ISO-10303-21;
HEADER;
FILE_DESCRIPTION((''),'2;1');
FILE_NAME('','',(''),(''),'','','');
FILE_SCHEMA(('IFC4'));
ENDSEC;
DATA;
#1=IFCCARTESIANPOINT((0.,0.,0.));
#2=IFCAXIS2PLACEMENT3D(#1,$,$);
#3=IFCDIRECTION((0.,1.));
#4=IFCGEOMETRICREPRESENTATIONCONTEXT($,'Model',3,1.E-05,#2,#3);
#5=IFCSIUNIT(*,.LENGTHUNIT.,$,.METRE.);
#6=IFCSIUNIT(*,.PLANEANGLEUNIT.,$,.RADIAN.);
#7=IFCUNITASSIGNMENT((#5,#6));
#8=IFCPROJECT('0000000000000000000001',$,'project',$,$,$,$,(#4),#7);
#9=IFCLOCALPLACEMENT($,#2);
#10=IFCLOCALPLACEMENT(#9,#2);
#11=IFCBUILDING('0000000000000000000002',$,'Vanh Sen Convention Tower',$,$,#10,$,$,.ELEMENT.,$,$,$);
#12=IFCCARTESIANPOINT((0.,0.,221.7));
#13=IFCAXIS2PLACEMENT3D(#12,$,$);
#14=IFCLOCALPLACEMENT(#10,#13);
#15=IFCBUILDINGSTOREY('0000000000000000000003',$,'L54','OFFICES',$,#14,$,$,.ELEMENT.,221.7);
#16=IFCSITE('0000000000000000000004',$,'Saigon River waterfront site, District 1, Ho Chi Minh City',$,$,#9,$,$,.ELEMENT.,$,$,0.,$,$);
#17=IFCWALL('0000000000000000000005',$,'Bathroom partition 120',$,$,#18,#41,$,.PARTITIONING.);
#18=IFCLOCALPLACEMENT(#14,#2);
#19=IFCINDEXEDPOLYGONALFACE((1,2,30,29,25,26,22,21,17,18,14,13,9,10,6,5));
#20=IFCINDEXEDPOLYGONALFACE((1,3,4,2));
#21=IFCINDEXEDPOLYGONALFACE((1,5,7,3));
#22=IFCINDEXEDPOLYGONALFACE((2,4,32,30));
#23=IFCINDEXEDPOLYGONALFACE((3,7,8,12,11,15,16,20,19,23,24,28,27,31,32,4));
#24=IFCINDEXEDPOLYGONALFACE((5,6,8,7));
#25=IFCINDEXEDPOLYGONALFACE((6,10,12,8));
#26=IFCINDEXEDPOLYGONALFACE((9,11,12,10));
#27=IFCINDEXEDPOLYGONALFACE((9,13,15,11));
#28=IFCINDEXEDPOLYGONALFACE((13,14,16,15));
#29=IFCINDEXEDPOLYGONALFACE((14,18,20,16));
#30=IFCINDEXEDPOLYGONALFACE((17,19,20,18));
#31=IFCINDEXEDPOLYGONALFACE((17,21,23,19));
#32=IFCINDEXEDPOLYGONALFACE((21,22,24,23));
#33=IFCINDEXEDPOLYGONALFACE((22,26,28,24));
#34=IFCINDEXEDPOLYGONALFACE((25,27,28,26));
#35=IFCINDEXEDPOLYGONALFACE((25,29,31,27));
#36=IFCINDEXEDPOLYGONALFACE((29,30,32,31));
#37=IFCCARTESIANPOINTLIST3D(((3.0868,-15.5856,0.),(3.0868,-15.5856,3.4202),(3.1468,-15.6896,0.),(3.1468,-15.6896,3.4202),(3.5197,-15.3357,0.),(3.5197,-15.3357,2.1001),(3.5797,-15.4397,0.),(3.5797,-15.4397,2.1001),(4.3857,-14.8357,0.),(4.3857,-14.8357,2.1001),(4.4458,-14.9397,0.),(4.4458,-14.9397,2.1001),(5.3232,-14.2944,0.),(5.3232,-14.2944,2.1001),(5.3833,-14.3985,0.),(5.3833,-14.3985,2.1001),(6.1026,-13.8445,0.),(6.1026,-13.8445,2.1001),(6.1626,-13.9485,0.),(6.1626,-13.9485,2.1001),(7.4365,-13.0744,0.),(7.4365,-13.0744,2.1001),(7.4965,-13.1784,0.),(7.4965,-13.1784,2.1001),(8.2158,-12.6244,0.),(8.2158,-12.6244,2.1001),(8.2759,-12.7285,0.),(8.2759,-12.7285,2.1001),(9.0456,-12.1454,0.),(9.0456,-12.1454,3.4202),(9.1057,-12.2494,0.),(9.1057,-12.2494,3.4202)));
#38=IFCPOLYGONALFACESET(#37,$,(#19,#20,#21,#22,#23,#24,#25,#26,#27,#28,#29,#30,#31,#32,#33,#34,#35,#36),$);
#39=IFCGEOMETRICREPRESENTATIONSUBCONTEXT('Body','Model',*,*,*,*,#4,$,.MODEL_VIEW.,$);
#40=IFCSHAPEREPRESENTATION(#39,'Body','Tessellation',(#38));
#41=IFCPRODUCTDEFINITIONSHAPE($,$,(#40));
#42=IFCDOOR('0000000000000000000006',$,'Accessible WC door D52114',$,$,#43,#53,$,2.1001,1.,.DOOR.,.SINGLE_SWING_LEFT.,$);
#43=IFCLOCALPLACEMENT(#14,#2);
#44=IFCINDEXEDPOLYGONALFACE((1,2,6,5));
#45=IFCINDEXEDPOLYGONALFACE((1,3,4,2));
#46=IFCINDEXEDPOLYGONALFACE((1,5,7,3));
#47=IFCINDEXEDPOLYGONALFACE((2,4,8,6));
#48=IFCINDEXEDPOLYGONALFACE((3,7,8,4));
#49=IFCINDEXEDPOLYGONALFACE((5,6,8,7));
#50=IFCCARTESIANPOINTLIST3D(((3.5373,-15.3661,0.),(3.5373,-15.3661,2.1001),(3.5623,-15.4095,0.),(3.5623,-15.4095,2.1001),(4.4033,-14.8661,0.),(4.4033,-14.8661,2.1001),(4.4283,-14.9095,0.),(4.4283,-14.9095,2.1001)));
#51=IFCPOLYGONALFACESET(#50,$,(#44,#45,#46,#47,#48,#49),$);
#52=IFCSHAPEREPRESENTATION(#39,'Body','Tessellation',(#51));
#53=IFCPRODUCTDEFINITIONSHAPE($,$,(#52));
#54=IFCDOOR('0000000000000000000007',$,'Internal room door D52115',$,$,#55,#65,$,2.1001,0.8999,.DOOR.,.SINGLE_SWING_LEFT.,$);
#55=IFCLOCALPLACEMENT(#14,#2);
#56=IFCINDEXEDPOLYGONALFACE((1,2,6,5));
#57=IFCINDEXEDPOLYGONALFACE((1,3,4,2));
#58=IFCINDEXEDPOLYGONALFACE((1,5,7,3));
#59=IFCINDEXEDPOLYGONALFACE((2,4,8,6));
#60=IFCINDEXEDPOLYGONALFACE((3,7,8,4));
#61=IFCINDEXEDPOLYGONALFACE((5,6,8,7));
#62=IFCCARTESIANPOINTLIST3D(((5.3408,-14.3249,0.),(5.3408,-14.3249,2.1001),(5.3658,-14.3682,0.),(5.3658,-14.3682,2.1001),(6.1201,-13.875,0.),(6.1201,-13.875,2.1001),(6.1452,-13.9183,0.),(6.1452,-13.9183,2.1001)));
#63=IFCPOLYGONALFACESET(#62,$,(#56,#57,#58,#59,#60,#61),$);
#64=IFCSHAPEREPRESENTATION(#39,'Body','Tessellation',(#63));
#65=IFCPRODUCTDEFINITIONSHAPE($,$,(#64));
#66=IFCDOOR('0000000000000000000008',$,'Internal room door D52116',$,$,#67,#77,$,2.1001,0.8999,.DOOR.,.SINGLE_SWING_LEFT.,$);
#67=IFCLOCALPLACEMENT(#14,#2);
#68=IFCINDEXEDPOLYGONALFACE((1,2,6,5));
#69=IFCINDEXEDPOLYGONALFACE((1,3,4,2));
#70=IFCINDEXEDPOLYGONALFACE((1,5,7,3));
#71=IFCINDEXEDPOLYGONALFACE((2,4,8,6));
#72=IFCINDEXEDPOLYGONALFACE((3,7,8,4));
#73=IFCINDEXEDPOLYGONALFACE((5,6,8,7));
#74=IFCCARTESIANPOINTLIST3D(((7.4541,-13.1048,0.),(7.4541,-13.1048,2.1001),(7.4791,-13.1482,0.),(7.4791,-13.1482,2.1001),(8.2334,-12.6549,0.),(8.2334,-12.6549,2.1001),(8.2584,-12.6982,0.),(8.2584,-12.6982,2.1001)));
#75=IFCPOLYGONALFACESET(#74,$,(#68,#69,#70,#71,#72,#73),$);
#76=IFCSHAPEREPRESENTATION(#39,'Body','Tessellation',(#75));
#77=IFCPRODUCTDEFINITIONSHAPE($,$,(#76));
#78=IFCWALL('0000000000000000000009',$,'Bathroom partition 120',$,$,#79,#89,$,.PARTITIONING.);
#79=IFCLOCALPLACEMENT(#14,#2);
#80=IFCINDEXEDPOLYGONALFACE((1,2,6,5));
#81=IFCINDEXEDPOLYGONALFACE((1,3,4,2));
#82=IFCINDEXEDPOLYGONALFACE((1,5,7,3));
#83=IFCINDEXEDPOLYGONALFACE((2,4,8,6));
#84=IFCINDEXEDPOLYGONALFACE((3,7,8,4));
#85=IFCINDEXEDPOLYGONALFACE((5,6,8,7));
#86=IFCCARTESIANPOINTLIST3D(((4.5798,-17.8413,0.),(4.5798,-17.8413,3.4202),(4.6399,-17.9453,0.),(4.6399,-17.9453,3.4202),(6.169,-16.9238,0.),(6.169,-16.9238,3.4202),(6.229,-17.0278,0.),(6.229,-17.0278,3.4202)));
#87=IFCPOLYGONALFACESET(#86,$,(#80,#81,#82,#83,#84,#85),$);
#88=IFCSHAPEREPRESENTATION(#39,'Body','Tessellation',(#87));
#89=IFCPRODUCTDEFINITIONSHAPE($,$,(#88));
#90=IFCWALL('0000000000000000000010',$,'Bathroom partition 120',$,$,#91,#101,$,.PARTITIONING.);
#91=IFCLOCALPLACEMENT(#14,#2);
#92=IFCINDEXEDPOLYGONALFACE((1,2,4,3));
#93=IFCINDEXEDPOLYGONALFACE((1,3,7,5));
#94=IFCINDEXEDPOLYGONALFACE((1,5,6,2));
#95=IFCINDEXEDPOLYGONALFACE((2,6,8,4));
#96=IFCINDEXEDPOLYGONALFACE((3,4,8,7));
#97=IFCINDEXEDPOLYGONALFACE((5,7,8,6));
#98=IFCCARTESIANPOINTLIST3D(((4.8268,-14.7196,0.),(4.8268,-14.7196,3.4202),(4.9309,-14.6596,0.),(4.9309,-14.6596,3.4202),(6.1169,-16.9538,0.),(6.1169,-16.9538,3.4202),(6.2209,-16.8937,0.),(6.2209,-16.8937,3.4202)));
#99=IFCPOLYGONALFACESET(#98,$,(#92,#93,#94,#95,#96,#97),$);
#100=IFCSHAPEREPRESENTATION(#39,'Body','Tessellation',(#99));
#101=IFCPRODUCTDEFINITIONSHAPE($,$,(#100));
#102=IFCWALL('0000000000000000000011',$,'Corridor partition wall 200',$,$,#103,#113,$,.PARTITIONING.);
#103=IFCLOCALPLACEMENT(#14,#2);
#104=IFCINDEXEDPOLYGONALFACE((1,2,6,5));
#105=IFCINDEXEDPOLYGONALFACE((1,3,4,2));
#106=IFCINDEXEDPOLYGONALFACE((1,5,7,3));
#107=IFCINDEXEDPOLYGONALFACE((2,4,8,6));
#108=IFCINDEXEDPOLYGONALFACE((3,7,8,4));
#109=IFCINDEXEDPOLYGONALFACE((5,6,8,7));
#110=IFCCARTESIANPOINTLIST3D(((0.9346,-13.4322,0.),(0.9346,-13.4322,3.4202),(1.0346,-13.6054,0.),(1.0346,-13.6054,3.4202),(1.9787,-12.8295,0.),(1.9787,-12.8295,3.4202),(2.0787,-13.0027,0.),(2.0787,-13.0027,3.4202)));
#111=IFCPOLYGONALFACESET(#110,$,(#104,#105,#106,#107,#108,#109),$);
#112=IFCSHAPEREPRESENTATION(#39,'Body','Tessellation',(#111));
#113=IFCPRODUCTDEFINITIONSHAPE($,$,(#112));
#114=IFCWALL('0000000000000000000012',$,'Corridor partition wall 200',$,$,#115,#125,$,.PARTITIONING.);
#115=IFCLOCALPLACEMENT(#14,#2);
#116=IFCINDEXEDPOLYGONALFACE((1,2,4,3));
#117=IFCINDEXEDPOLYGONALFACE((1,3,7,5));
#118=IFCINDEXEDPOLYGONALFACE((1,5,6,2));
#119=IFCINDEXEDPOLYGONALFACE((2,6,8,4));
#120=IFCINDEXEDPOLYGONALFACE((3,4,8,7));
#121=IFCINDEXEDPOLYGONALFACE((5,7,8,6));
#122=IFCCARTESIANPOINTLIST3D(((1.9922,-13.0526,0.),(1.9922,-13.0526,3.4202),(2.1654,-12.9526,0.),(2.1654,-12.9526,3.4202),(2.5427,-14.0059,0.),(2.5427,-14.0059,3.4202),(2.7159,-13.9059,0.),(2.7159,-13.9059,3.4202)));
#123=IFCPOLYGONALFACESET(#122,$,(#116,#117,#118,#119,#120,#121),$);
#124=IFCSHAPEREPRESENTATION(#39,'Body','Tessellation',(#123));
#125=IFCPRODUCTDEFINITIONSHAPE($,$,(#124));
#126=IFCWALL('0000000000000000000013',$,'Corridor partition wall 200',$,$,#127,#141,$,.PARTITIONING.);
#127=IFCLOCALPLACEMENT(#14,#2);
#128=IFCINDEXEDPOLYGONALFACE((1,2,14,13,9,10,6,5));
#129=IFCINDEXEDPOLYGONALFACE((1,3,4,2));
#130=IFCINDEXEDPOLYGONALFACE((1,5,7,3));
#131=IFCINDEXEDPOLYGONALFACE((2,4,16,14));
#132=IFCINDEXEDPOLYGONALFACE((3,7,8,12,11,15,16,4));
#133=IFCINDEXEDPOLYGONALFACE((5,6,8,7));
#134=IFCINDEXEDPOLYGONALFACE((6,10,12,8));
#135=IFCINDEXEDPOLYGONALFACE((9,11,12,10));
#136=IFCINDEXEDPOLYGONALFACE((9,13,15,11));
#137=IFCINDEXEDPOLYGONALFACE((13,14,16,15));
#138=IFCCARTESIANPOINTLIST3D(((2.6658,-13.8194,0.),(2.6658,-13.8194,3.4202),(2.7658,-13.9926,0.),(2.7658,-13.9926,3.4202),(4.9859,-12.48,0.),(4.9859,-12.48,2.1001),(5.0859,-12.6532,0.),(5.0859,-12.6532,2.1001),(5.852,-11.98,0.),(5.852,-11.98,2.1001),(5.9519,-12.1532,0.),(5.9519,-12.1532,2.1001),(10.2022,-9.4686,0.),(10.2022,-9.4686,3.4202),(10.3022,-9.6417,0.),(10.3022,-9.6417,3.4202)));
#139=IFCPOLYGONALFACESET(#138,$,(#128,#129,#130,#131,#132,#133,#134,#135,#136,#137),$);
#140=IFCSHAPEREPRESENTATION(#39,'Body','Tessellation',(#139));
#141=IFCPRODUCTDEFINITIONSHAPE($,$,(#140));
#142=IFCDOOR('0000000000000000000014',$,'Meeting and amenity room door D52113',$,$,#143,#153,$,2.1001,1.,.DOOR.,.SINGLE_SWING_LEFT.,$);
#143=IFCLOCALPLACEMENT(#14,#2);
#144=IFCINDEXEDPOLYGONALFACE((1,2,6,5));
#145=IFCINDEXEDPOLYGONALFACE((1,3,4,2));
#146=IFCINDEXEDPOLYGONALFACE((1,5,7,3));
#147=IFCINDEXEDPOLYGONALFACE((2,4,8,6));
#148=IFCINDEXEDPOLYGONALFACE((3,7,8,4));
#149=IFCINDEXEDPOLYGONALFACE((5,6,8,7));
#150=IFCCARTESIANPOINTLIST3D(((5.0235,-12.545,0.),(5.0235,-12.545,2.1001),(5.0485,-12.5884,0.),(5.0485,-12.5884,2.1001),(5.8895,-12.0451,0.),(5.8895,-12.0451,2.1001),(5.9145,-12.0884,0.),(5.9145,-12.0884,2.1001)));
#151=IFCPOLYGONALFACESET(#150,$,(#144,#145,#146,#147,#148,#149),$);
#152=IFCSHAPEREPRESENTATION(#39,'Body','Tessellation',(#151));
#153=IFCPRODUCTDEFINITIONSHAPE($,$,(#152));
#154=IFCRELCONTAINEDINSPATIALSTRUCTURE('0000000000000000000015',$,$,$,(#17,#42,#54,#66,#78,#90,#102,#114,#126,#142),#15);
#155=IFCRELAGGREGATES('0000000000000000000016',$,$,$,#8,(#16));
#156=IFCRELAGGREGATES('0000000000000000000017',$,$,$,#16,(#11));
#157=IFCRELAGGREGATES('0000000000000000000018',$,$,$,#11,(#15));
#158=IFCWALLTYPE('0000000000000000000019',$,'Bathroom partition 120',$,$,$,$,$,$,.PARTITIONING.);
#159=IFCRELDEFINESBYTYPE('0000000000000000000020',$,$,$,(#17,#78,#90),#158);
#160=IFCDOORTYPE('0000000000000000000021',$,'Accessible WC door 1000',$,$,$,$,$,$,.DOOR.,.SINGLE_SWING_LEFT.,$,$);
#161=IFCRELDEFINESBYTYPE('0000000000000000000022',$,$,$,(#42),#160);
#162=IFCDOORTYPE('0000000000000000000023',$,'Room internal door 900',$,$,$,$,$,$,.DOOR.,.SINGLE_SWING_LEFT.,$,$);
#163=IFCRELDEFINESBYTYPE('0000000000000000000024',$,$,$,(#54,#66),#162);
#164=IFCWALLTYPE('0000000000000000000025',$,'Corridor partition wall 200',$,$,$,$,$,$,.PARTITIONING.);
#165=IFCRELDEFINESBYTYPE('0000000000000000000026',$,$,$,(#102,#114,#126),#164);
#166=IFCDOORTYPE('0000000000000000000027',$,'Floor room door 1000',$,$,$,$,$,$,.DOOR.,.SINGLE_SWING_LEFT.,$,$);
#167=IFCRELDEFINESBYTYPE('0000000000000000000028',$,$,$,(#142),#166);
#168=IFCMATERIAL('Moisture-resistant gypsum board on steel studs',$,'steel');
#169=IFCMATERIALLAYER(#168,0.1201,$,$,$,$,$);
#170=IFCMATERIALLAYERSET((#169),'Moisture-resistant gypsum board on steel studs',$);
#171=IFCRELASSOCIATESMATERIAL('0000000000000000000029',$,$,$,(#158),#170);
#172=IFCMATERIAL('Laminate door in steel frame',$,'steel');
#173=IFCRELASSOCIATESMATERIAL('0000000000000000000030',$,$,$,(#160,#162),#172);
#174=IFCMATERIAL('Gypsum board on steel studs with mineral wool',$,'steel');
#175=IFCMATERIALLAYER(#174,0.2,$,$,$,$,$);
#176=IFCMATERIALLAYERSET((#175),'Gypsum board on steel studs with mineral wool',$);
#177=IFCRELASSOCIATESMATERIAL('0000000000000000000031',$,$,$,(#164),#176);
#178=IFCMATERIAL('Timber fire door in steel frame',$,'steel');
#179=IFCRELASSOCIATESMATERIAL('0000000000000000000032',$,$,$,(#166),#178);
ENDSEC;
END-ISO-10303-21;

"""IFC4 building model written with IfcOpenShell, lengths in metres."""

from ifc_helpers import new_model, si_unit, direction, frame, frame_2d, origin, place, context, subcontext, project, spatial, rectangle, extrude, material, layer, layer_set, type_object, element, fill, save


model = new_model("IFC4")

# Units and contexts
model_context = context("Model", 3, precision=1e-05, world=origin(), true_north=direction((0.0, 1.0)))
body_context = subcontext(model_context, "Body", "Model", "MODEL_VIEW")
ifc_project = project(units=[si_unit("LENGTHUNIT", "METRE"), si_unit("PLANEANGLEUNIT", "RADIAN")], contexts=[model_context])

# Site, building, storey
site_placement = place(None, origin())
site = spatial("IfcSite", under=ifc_project, at=site_placement, Name="Saigon River waterfront site, District 1, Ho Chi Minh City", CompositionType="ELEMENT", RefElevation=0.0)
building_placement = place(site_placement, origin())
building = spatial("IfcBuilding", under=site, at=building_placement, Name="Vanh Sen Convention Tower", CompositionType="ELEMENT")
storey_placement = place(building_placement, frame((0.0, 0.0, 221.7)))
storey = spatial("IfcBuildingStorey", under=building, at=storey_placement, Name="L54", Description="OFFICES", CompositionType="ELEMENT", Elevation=221.7)

# Wall, openings, doors
ifc_material_1 = material(Name="Moisture-resistant gypsum board on steel studs", Category="steel")
ifc_layer_1 = layer(ifc_material_1, 0.1201)
ifc_layer_set_1 = layer_set([ifc_layer_1], Name="Moisture-resistant gypsum board on steel studs")
wall_type_1 = type_object("IfcWallType", Name="Bathroom partition 120", PredefinedType="PARTITIONING", material=ifc_layer_set_1)
wall_1_placement = place(storey_placement, frame((3.1167, -15.6377, 0.0), z_axis=(0.0, 0.0, 1.0), x_axis=(0.866031, 0.49999, 0.0)))
wall_1 = element("IfcWall", 1, at=wall_1_placement, inside=storey, type_object=wall_type_1, Name="Bathroom partition 120", PredefinedType="PARTITIONING", context=body_context, shape_type="SweptSolid", body=[
    extrude(rectangle(XDim=6.8806, YDim=0.1201, at=frame_2d((3.4404, 0.0))), origin(), (0.0, 0.0, 1.0), 3.4202),
])
opening_1_placement = place(wall_1_placement, frame((0.5, 0.0, 0.0)))
opening_1 = element("IfcOpeningElement", 2, at=opening_1_placement, cuts=wall_1, PredefinedType="OPENING", context=body_context, shape_type="SweptSolid", body=[
    extrude(rectangle(XDim=1.0, YDim=2.1001, at=frame_2d((0.5, 1.05))), frame((0.0, 0.0701, 0.0), z_axis=(0.0, -1.0, 0.0), x_axis=(1.0, 0.0, 0.0)), (0.0, 0.0, 1.0), 0.1401),
])
opening_2_placement = place(wall_1_placement, frame((2.5825, 0.0, 0.0)))
opening_2 = element("IfcOpeningElement", 3, at=opening_2_placement, cuts=wall_1, PredefinedType="OPENING", context=body_context, shape_type="SweptSolid", body=[
    extrude(rectangle(XDim=0.8999, YDim=2.1001, at=frame_2d((0.45, 1.05))), frame((0.0, 0.0701, 0.0), z_axis=(0.0, -1.0, 0.0), x_axis=(1.0, 0.0, 0.0)), (0.0, 0.0, 1.0), 0.1401),
])
opening_3_placement = place(wall_1_placement, frame((5.0227, 0.0, 0.0)))
opening_3 = element("IfcOpeningElement", 4, at=opening_3_placement, cuts=wall_1, PredefinedType="OPENING", context=body_context, shape_type="SweptSolid", body=[
    extrude(rectangle(XDim=0.8999, YDim=2.1001, at=frame_2d((0.45, 1.05))), frame((0.0, 0.0701, 0.0), z_axis=(0.0, -1.0, 0.0), x_axis=(1.0, 0.0, 0.0)), (0.0, 0.0, 1.0), 0.1401),
])
ifc_material_2 = material(Name="Laminate door in steel frame", Category="steel")
door_type_1 = type_object("IfcDoorType", Name="Accessible WC door 1000", OperationType="SINGLE_SWING_LEFT", PredefinedType="DOOR", material=ifc_material_2)
door_1_placement = place(opening_1_placement, origin())
door_1 = element("IfcDoor", 5, at=door_1_placement, inside=storey, type_object=door_type_1, Name="Accessible WC door D52114", OperationType="SINGLE_SWING_LEFT", OverallHeight=2.1001, OverallWidth=1.0, PredefinedType="DOOR", context=body_context, shape_type="SweptSolid", body=[
    extrude(rectangle(XDim=1.0, YDim=2.1001, at=frame_2d((0.5, 1.05))), frame((0.0, 0.0249, 0.0), z_axis=(0.0, -1.0, 0.0), x_axis=(1.0, 0.0, 0.0)), (0.0, 0.0, 1.0), 0.05),
])
fill(opening_1, door_1)
door_type_2 = type_object("IfcDoorType", Name="Room internal door 900", OperationType="SINGLE_SWING_LEFT", PredefinedType="DOOR", material=ifc_material_2)
door_2_placement = place(opening_2_placement, origin())
door_2 = element("IfcDoor", 6, at=door_2_placement, inside=storey, type_object=door_type_2, Name="Internal room door D52115", OperationType="SINGLE_SWING_LEFT", OverallHeight=2.1001, OverallWidth=0.8999, PredefinedType="DOOR", context=body_context, shape_type="SweptSolid", body=[
    extrude(rectangle(XDim=0.8999, YDim=2.1001, at=frame_2d((0.45, 1.05))), frame((0.0, 0.0249, 0.0), z_axis=(0.0, -1.0, 0.0), x_axis=(1.0, 0.0, 0.0)), (0.0, 0.0, 1.0), 0.05),
])
fill(opening_2, door_2)
door_3_placement = place(opening_3_placement, origin())
door_3 = element("IfcDoor", 7, at=door_3_placement, inside=storey, type_object=door_type_2, Name="Internal room door D52116", OperationType="SINGLE_SWING_LEFT", OverallHeight=2.1001, OverallWidth=0.8999, PredefinedType="DOOR", context=body_context, shape_type="SweptSolid", body=[
    extrude(rectangle(XDim=0.8999, YDim=2.1001, at=frame_2d((0.45, 1.05))), frame((0.0, 0.0249, 0.0), z_axis=(0.0, -1.0, 0.0), x_axis=(1.0, 0.0, 0.0)), (0.0, 0.0, 1.0), 0.05),
])
fill(opening_3, door_3)

# Walls
wall_2_placement = place(storey_placement, frame((4.6099, -17.8933, 0.0), z_axis=(0.0, 0.0, 1.0), x_axis=(0.866024, 0.500003, 0.0)))
element("IfcWall", 8, at=wall_2_placement, inside=storey, type_object=wall_type_1, Name="Bathroom partition 120", PredefinedType="PARTITIONING", context=body_context, shape_type="SweptSolid", body=[
    extrude(rectangle(XDim=1.835, YDim=0.1201, at=frame_2d((0.9175, 0.0))), origin(), (0.0, 0.0, 1.0), 3.4202),
])
wall_3_placement = place(storey_placement, frame((6.1689, -16.9238, 0.0), z_axis=(0.0, 0.0, 1.0), x_axis=(-0.500047, 0.865998, 0.0)))
element("IfcWall", 9, at=wall_3_placement, inside=storey, type_object=wall_type_1, Name="Bathroom partition 120", PredefinedType="PARTITIONING", context=body_context, shape_type="SweptSolid", body=[
    extrude(rectangle(XDim=2.5798, YDim=0.1201, at=frame_2d((1.29, 0.0))), origin(), (0.0, 0.0, 1.0), 3.4202),
])
ifc_material_3 = material(Name="Gypsum board on steel studs with mineral wool", Category="steel")
ifc_layer_2 = layer(ifc_material_3, 0.2)
ifc_layer_set_2 = layer_set([ifc_layer_2], Name="Gypsum board on steel studs with mineral wool")
wall_type_2 = type_object("IfcWallType", Name="Corridor partition wall 200", PredefinedType="PARTITIONING", material=ifc_layer_set_2)
wall_4_placement = place(storey_placement, frame((0.9846, -13.5188, 0.0), z_axis=(0.0, 0.0, 1.0), x_axis=(0.866054, 0.49995, 0.0)))
element("IfcWall", 10, at=wall_4_placement, inside=storey, type_object=wall_type_2, Name="Corridor partition wall 200", PredefinedType="PARTITIONING", context=body_context, shape_type="SweptSolid", body=[
    extrude(rectangle(XDim=1.2056, YDim=0.2, at=frame_2d((0.6028, 0.0))), origin(), (0.0, 0.0, 1.0), 3.4202),
])
wall_5_placement = place(storey_placement, frame((2.0789, -13.0027, 0.0), z_axis=(0.0, 0.0, 1.0), x_axis=(0.500074, -0.865982, 0.0)))
element("IfcWall", 11, at=wall_5_placement, inside=storey, type_object=wall_type_2, Name="Corridor partition wall 200", PredefinedType="PARTITIONING", context=body_context, shape_type="SweptSolid", body=[
    extrude(rectangle(XDim=1.1008, YDim=0.2, at=frame_2d((0.5503, 0.0))), origin(), (0.0, 0.0, 1.0), 3.4202),
])

# Wall, opening, door
wall_6_placement = place(storey_placement, frame((2.7158, -13.906, 0.0), z_axis=(0.0, 0.0, 1.0), x_axis=(0.86604, 0.499974, 0.0)))
wall_6 = element("IfcWall", 12, at=wall_6_placement, inside=storey, type_object=wall_type_2, Name="Corridor partition wall 200", PredefinedType="PARTITIONING", context=body_context, shape_type="SweptSolid", body=[
    extrude(rectangle(XDim=8.7021, YDim=0.2, at=frame_2d((4.3511, 0.0))), origin(), (0.0, 0.0, 1.0), 3.4202),
])
opening_4_placement = place(wall_6_placement, frame((2.679, 0.0, 0.0)))
opening_4 = element("IfcOpeningElement", 13, at=opening_4_placement, cuts=wall_6, PredefinedType="OPENING", context=body_context, shape_type="SweptSolid", body=[
    extrude(rectangle(XDim=1.0, YDim=2.1001, at=frame_2d((0.5, 1.05))), frame((0.0, 0.1099, 0.0), z_axis=(0.0, -1.0, 0.0), x_axis=(1.0, 0.0, 0.0)), (0.0, 0.0, 1.0), 0.22),
])
ifc_material_4 = material(Name="Timber fire door in steel frame", Category="steel")
door_type_3 = type_object("IfcDoorType", Name="Floor room door 1000", OperationType="SINGLE_SWING_LEFT", PredefinedType="DOOR", material=ifc_material_4)
door_4_placement = place(opening_4_placement, origin())
door_4 = element("IfcDoor", 14, at=door_4_placement, inside=storey, type_object=door_type_3, Name="Meeting and amenity room door D52113", OperationType="SINGLE_SWING_LEFT", OverallHeight=2.1001, OverallWidth=1.0, PredefinedType="DOOR", context=body_context, shape_type="SweptSolid", body=[
    extrude(rectangle(XDim=1.0, YDim=2.1001, at=frame_2d((0.5, 1.05))), frame((0.0, 0.0249, 0.0), z_axis=(0.0, -1.0, 0.0), x_axis=(1.0, 0.0, 0.0)), (0.0, 0.0, 1.0), 0.05),
])
fill(opening_4, door_4)

save(model, "model.ifc")
